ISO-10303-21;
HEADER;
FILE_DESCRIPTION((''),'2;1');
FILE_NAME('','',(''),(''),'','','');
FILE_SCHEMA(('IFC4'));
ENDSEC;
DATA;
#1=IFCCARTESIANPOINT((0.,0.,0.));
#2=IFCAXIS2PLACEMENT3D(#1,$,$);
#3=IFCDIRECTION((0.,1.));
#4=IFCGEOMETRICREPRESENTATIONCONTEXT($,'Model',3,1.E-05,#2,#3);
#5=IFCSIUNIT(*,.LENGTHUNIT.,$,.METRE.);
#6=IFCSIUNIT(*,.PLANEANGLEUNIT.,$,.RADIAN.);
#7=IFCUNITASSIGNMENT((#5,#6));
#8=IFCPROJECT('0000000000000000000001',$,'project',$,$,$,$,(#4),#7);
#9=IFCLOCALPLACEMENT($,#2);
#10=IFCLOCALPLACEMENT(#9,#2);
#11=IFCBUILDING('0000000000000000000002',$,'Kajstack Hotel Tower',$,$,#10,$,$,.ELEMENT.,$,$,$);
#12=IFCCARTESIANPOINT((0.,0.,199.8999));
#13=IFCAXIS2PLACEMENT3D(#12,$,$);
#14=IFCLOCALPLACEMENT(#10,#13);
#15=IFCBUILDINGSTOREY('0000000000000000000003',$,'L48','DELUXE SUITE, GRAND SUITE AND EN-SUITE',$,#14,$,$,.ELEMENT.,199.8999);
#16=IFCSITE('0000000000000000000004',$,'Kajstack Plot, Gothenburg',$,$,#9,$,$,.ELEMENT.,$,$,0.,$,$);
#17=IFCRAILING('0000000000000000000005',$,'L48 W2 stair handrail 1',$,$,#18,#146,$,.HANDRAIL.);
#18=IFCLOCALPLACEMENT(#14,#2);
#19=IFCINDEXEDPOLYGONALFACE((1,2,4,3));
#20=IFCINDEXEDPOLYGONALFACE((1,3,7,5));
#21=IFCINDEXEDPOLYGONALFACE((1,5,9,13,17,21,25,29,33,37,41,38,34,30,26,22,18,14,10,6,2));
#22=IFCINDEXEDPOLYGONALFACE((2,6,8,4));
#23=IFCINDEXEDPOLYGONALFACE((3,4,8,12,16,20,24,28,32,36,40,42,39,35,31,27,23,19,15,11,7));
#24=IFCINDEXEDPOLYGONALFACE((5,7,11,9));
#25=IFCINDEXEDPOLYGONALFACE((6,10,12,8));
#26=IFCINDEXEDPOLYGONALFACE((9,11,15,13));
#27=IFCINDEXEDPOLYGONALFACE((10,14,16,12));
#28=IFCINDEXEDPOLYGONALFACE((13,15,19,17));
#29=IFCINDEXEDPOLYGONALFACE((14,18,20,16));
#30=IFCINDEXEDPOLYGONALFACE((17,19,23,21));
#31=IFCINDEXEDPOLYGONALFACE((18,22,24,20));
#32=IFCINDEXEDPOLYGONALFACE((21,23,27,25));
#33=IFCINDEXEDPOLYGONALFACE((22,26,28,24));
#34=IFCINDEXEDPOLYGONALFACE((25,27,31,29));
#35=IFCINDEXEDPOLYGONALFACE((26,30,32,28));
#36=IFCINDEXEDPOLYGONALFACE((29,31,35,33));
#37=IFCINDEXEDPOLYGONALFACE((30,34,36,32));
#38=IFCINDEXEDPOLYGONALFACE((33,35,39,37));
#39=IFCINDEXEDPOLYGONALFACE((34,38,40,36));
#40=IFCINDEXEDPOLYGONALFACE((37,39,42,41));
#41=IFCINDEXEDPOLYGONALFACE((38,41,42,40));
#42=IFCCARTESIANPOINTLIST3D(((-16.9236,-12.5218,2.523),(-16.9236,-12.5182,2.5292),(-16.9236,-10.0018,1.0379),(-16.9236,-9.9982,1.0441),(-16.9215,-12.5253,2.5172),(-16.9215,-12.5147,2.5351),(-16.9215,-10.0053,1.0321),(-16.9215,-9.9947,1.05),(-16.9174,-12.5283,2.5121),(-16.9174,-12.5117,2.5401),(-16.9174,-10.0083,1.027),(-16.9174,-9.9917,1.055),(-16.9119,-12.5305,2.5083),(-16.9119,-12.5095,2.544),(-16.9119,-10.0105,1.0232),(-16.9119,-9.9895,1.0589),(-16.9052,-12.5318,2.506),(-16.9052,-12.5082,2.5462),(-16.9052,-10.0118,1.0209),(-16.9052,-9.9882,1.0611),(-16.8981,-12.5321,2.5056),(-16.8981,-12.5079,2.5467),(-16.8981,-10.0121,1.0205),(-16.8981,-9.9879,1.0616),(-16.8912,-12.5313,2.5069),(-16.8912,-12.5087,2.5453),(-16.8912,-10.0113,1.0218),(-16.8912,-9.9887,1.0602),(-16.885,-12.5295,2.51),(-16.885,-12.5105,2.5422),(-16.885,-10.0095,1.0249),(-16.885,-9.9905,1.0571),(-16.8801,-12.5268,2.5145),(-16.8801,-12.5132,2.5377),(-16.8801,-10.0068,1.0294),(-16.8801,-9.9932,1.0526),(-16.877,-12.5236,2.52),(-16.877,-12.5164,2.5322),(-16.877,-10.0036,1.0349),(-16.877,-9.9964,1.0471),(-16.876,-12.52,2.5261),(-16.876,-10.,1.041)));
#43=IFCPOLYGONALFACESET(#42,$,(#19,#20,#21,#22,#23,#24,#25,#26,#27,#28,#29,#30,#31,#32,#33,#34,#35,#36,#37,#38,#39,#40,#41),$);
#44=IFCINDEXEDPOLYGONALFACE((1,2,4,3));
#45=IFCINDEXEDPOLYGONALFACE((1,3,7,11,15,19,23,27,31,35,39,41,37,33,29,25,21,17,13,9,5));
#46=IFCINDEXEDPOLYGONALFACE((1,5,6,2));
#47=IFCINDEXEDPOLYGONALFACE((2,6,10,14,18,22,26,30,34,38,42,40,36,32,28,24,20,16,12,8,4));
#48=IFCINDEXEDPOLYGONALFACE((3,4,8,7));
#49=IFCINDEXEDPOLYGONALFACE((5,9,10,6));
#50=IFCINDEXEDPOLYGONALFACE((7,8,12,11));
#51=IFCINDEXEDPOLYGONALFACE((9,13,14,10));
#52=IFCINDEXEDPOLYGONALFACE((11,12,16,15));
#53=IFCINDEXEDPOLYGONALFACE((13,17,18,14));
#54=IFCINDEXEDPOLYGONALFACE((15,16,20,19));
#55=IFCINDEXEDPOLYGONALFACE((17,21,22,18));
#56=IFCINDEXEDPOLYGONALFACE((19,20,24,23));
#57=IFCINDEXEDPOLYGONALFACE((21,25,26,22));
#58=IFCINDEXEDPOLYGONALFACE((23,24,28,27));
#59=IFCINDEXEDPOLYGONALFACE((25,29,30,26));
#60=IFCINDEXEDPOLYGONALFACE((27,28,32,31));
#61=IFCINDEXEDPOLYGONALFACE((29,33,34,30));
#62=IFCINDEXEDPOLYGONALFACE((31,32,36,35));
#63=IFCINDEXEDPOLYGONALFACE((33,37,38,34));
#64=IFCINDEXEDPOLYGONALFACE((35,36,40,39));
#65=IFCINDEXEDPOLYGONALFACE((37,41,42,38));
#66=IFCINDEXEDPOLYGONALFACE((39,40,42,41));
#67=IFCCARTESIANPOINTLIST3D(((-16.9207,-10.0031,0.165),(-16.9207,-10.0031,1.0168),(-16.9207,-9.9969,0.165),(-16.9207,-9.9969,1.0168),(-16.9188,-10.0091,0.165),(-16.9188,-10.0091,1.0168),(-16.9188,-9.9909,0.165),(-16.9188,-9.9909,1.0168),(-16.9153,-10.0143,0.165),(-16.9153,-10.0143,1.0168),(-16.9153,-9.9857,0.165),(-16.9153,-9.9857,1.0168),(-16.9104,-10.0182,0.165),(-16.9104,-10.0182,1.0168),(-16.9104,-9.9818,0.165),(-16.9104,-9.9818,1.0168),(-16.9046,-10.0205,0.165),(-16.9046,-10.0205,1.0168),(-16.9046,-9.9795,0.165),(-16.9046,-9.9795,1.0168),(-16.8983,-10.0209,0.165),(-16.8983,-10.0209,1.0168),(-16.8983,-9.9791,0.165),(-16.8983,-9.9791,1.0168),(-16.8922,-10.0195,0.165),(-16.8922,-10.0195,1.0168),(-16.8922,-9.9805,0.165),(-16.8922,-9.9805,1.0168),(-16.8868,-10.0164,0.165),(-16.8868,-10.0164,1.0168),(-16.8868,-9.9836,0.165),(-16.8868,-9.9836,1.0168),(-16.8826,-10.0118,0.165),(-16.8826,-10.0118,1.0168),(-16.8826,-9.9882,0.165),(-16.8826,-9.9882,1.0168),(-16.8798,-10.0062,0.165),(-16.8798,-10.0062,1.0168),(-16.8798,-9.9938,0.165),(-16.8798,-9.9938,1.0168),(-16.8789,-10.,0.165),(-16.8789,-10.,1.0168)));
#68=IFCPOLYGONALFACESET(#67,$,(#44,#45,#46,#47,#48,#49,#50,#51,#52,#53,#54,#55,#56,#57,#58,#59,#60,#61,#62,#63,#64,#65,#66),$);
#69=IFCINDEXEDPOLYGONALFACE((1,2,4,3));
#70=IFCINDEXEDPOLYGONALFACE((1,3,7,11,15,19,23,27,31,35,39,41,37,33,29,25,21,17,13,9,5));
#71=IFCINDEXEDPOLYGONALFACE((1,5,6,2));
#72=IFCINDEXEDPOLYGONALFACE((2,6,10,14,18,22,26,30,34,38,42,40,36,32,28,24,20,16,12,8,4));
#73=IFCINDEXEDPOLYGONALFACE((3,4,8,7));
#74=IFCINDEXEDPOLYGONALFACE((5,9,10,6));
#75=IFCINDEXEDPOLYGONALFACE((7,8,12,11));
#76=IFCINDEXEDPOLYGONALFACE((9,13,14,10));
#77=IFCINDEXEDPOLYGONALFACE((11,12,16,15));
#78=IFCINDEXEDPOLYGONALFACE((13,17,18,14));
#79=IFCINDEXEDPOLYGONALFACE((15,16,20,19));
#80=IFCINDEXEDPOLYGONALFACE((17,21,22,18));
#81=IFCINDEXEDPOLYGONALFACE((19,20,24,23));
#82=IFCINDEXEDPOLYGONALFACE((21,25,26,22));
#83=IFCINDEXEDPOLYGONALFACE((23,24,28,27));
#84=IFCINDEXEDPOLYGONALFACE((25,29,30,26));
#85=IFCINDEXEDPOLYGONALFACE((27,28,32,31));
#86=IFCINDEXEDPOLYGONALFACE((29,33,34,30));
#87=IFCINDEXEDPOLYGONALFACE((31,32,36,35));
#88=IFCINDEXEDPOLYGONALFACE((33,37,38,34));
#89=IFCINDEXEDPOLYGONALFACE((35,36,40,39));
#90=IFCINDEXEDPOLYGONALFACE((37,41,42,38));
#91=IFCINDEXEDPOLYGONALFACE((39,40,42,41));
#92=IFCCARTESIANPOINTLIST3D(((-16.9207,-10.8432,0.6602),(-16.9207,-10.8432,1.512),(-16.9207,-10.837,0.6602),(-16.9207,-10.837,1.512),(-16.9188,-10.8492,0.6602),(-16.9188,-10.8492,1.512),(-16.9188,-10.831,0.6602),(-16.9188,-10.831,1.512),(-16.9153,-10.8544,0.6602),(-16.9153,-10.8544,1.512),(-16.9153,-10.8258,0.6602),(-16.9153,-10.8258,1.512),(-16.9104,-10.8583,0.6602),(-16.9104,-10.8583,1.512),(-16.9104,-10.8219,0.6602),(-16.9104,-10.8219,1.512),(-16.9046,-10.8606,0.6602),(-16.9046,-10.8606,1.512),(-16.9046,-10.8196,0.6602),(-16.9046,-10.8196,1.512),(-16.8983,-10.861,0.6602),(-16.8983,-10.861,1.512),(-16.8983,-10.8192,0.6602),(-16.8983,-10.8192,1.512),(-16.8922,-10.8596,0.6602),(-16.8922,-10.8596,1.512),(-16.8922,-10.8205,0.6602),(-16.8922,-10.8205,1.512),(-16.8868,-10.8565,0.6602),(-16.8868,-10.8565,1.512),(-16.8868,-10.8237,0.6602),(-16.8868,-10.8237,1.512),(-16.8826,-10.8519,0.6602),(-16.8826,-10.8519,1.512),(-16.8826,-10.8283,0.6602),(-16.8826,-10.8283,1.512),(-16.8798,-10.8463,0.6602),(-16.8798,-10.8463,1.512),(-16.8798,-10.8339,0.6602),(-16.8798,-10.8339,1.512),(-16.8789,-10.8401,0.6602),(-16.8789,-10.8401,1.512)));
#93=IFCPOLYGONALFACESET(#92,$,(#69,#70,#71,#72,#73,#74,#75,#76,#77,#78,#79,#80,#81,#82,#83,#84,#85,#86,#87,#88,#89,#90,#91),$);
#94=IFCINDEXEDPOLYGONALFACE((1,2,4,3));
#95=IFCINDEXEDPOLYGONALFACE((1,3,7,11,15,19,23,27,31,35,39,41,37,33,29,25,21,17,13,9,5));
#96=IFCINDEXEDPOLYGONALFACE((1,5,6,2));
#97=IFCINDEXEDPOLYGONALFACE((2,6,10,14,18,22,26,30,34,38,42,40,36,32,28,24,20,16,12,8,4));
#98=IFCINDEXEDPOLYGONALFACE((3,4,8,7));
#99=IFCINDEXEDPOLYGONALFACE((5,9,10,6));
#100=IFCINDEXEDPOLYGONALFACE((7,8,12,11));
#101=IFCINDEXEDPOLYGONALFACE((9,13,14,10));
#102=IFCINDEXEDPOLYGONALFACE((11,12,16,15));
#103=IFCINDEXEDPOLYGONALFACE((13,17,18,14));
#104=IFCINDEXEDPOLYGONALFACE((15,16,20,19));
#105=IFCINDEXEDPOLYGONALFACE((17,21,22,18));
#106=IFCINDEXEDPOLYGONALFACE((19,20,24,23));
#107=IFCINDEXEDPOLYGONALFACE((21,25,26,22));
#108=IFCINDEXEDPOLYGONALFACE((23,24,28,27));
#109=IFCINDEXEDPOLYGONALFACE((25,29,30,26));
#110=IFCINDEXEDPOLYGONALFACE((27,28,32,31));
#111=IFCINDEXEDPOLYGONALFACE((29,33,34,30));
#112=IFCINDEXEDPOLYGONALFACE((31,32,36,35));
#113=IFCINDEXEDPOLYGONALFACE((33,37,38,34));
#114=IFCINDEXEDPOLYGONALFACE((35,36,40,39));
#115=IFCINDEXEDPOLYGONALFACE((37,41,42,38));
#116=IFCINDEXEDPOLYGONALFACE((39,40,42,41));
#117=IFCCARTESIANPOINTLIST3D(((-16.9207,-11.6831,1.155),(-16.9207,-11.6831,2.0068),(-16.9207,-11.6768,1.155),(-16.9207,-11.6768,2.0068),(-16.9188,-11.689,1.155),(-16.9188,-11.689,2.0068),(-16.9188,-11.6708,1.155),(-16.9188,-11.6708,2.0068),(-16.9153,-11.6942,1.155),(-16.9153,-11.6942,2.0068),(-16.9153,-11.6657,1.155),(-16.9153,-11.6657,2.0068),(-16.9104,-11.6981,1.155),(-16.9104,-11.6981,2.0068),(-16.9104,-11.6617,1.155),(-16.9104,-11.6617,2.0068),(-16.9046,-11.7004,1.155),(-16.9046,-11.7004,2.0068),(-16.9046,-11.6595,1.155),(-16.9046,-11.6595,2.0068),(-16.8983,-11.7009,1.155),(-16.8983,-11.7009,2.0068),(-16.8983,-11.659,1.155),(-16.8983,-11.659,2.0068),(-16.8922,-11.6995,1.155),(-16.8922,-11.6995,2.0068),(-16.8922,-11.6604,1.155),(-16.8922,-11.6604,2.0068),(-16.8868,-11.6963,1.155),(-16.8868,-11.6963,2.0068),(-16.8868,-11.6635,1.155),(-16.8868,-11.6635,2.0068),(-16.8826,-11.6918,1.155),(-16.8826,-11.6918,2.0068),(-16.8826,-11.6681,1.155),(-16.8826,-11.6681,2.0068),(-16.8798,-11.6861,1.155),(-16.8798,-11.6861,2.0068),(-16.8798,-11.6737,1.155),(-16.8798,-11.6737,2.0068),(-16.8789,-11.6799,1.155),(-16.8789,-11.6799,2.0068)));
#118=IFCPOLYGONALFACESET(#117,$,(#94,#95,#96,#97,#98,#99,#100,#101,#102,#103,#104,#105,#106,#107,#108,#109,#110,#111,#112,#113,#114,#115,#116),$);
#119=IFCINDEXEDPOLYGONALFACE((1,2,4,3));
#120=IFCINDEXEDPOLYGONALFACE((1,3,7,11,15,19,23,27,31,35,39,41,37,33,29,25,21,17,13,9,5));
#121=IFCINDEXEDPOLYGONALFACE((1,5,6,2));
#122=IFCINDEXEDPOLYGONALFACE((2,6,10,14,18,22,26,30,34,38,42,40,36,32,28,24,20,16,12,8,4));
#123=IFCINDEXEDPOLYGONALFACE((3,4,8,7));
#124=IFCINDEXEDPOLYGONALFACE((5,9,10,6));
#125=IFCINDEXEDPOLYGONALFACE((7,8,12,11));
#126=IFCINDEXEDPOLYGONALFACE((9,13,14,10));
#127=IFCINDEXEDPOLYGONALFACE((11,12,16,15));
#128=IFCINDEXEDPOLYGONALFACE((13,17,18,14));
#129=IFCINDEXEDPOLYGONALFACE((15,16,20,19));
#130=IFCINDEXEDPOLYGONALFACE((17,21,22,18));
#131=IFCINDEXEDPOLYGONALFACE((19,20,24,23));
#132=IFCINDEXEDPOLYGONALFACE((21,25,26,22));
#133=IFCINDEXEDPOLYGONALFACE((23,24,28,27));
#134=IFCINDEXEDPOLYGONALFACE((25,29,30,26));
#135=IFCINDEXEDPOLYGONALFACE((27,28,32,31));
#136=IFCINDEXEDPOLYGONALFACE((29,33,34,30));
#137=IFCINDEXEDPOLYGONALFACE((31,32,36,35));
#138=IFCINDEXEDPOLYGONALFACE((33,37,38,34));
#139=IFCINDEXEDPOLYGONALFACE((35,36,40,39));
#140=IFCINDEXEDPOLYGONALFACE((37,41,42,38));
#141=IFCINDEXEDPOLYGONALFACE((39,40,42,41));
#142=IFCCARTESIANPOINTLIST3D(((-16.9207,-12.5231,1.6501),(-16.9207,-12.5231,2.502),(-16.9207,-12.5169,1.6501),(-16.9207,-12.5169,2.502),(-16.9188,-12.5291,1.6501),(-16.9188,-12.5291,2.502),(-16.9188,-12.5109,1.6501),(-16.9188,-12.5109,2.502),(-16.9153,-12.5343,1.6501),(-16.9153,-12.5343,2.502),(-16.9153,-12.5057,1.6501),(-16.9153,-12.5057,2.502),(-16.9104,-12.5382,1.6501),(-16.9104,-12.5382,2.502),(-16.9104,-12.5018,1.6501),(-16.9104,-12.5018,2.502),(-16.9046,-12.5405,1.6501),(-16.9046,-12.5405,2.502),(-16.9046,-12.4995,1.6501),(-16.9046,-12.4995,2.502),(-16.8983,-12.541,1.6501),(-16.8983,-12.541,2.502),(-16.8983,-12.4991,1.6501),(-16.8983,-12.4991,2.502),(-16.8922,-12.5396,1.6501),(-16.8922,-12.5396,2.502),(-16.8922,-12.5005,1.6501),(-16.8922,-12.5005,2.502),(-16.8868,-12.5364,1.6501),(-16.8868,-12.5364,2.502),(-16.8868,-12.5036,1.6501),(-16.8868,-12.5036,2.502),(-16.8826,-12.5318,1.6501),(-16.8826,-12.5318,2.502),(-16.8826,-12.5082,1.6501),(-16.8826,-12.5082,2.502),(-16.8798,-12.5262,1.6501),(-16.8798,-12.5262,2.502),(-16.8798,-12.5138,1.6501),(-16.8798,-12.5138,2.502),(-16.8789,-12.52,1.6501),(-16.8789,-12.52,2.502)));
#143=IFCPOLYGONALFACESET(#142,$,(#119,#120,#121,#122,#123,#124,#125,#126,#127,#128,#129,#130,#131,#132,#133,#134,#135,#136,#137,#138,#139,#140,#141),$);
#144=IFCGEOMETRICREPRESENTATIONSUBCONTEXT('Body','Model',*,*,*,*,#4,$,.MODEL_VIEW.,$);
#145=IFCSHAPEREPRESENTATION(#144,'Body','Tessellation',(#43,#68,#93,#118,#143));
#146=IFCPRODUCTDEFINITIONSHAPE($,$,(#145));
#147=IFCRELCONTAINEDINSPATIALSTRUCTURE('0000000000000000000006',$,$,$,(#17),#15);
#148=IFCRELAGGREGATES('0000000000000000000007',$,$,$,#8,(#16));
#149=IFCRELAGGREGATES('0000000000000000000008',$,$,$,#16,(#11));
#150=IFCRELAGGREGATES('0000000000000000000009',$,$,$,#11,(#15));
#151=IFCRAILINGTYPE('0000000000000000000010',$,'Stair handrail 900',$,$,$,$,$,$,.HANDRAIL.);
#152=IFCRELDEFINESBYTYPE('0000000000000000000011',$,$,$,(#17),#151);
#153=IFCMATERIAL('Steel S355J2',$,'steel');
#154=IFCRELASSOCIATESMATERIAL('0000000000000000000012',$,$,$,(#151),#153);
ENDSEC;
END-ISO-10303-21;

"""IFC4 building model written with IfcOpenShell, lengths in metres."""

from ifc_helpers import new_model, si_unit, direction, frame, origin, origin_2d, place, context, subcontext, project, spatial, circle, extrude, material, type_object, element, save


model = new_model("IFC4")

# Units and contexts
model_context = context("Model", 3, precision=1e-05, world=origin(), true_north=direction((0.0, 1.0)))
body_context = subcontext(model_context, "Body", "Model", "MODEL_VIEW")
ifc_project = project(units=[si_unit("LENGTHUNIT", "METRE"), si_unit("PLANEANGLEUNIT", "RADIAN")], contexts=[model_context])

# Site, building, storey
site_placement = place(None, origin())
site = spatial("IfcSite", under=ifc_project, at=site_placement, Name="Kajstack Plot, Gothenburg", CompositionType="ELEMENT", RefElevation=0.0)
building_placement = place(site_placement, origin())
building = spatial("IfcBuilding", under=site, at=building_placement, Name="Kajstack Hotel Tower", CompositionType="ELEMENT")
storey_placement = place(building_placement, frame((0.0, 0.0, 199.8999)))
storey = spatial("IfcBuildingStorey", under=building, at=storey_placement, Name="L48", Description="DELUXE SUITE, GRAND SUITE AND EN-SUITE", CompositionType="ELEMENT", Elevation=199.8999)

# Railing
ifc_material_1 = material(Name="Steel S355J2", Category="steel")
railing_type_1 = type_object("IfcRailingType", Name="Stair handrail 900", PredefinedType="HANDRAIL", material=ifc_material_1)
railing_1_placement = place(storey_placement, frame((-16.8999, -10.0, 0.165)))
element("IfcRailing", 1, at=railing_1_placement, inside=storey, type_object=railing_type_1, Name="L48 W2 stair handrail 1", PredefinedType="HANDRAIL", context=body_context, shape_type="SweptSolid", body=[
    extrude(circle(Radius=0.0239, at=origin_2d()), frame((0.0, 0.0, 0.876), z_axis=(0.0, -0.861524, 0.507717), x_axis=(1.0, 0.0, 0.0)), (0.0, 0.0, 1.0), 2.925),
    extrude(circle(Radius=0.021, at=origin_2d()), origin(), (0.0, 0.0, 1.0), 0.8518),
    extrude(circle(Radius=0.021, at=origin_2d()), frame((0.0, -0.8401, 0.4951)), (0.0, 0.0, 1.0), 0.8518),
    extrude(circle(Radius=0.021, at=origin_2d()), frame((0.0, -1.6799, 0.99)), (0.0, 0.0, 1.0), 0.8518),
    extrude(circle(Radius=0.021, at=origin_2d()), frame((0.0, -2.52, 1.4851)), (0.0, 0.0, 1.0), 0.8518),
])

save(model, "model.ifc")
